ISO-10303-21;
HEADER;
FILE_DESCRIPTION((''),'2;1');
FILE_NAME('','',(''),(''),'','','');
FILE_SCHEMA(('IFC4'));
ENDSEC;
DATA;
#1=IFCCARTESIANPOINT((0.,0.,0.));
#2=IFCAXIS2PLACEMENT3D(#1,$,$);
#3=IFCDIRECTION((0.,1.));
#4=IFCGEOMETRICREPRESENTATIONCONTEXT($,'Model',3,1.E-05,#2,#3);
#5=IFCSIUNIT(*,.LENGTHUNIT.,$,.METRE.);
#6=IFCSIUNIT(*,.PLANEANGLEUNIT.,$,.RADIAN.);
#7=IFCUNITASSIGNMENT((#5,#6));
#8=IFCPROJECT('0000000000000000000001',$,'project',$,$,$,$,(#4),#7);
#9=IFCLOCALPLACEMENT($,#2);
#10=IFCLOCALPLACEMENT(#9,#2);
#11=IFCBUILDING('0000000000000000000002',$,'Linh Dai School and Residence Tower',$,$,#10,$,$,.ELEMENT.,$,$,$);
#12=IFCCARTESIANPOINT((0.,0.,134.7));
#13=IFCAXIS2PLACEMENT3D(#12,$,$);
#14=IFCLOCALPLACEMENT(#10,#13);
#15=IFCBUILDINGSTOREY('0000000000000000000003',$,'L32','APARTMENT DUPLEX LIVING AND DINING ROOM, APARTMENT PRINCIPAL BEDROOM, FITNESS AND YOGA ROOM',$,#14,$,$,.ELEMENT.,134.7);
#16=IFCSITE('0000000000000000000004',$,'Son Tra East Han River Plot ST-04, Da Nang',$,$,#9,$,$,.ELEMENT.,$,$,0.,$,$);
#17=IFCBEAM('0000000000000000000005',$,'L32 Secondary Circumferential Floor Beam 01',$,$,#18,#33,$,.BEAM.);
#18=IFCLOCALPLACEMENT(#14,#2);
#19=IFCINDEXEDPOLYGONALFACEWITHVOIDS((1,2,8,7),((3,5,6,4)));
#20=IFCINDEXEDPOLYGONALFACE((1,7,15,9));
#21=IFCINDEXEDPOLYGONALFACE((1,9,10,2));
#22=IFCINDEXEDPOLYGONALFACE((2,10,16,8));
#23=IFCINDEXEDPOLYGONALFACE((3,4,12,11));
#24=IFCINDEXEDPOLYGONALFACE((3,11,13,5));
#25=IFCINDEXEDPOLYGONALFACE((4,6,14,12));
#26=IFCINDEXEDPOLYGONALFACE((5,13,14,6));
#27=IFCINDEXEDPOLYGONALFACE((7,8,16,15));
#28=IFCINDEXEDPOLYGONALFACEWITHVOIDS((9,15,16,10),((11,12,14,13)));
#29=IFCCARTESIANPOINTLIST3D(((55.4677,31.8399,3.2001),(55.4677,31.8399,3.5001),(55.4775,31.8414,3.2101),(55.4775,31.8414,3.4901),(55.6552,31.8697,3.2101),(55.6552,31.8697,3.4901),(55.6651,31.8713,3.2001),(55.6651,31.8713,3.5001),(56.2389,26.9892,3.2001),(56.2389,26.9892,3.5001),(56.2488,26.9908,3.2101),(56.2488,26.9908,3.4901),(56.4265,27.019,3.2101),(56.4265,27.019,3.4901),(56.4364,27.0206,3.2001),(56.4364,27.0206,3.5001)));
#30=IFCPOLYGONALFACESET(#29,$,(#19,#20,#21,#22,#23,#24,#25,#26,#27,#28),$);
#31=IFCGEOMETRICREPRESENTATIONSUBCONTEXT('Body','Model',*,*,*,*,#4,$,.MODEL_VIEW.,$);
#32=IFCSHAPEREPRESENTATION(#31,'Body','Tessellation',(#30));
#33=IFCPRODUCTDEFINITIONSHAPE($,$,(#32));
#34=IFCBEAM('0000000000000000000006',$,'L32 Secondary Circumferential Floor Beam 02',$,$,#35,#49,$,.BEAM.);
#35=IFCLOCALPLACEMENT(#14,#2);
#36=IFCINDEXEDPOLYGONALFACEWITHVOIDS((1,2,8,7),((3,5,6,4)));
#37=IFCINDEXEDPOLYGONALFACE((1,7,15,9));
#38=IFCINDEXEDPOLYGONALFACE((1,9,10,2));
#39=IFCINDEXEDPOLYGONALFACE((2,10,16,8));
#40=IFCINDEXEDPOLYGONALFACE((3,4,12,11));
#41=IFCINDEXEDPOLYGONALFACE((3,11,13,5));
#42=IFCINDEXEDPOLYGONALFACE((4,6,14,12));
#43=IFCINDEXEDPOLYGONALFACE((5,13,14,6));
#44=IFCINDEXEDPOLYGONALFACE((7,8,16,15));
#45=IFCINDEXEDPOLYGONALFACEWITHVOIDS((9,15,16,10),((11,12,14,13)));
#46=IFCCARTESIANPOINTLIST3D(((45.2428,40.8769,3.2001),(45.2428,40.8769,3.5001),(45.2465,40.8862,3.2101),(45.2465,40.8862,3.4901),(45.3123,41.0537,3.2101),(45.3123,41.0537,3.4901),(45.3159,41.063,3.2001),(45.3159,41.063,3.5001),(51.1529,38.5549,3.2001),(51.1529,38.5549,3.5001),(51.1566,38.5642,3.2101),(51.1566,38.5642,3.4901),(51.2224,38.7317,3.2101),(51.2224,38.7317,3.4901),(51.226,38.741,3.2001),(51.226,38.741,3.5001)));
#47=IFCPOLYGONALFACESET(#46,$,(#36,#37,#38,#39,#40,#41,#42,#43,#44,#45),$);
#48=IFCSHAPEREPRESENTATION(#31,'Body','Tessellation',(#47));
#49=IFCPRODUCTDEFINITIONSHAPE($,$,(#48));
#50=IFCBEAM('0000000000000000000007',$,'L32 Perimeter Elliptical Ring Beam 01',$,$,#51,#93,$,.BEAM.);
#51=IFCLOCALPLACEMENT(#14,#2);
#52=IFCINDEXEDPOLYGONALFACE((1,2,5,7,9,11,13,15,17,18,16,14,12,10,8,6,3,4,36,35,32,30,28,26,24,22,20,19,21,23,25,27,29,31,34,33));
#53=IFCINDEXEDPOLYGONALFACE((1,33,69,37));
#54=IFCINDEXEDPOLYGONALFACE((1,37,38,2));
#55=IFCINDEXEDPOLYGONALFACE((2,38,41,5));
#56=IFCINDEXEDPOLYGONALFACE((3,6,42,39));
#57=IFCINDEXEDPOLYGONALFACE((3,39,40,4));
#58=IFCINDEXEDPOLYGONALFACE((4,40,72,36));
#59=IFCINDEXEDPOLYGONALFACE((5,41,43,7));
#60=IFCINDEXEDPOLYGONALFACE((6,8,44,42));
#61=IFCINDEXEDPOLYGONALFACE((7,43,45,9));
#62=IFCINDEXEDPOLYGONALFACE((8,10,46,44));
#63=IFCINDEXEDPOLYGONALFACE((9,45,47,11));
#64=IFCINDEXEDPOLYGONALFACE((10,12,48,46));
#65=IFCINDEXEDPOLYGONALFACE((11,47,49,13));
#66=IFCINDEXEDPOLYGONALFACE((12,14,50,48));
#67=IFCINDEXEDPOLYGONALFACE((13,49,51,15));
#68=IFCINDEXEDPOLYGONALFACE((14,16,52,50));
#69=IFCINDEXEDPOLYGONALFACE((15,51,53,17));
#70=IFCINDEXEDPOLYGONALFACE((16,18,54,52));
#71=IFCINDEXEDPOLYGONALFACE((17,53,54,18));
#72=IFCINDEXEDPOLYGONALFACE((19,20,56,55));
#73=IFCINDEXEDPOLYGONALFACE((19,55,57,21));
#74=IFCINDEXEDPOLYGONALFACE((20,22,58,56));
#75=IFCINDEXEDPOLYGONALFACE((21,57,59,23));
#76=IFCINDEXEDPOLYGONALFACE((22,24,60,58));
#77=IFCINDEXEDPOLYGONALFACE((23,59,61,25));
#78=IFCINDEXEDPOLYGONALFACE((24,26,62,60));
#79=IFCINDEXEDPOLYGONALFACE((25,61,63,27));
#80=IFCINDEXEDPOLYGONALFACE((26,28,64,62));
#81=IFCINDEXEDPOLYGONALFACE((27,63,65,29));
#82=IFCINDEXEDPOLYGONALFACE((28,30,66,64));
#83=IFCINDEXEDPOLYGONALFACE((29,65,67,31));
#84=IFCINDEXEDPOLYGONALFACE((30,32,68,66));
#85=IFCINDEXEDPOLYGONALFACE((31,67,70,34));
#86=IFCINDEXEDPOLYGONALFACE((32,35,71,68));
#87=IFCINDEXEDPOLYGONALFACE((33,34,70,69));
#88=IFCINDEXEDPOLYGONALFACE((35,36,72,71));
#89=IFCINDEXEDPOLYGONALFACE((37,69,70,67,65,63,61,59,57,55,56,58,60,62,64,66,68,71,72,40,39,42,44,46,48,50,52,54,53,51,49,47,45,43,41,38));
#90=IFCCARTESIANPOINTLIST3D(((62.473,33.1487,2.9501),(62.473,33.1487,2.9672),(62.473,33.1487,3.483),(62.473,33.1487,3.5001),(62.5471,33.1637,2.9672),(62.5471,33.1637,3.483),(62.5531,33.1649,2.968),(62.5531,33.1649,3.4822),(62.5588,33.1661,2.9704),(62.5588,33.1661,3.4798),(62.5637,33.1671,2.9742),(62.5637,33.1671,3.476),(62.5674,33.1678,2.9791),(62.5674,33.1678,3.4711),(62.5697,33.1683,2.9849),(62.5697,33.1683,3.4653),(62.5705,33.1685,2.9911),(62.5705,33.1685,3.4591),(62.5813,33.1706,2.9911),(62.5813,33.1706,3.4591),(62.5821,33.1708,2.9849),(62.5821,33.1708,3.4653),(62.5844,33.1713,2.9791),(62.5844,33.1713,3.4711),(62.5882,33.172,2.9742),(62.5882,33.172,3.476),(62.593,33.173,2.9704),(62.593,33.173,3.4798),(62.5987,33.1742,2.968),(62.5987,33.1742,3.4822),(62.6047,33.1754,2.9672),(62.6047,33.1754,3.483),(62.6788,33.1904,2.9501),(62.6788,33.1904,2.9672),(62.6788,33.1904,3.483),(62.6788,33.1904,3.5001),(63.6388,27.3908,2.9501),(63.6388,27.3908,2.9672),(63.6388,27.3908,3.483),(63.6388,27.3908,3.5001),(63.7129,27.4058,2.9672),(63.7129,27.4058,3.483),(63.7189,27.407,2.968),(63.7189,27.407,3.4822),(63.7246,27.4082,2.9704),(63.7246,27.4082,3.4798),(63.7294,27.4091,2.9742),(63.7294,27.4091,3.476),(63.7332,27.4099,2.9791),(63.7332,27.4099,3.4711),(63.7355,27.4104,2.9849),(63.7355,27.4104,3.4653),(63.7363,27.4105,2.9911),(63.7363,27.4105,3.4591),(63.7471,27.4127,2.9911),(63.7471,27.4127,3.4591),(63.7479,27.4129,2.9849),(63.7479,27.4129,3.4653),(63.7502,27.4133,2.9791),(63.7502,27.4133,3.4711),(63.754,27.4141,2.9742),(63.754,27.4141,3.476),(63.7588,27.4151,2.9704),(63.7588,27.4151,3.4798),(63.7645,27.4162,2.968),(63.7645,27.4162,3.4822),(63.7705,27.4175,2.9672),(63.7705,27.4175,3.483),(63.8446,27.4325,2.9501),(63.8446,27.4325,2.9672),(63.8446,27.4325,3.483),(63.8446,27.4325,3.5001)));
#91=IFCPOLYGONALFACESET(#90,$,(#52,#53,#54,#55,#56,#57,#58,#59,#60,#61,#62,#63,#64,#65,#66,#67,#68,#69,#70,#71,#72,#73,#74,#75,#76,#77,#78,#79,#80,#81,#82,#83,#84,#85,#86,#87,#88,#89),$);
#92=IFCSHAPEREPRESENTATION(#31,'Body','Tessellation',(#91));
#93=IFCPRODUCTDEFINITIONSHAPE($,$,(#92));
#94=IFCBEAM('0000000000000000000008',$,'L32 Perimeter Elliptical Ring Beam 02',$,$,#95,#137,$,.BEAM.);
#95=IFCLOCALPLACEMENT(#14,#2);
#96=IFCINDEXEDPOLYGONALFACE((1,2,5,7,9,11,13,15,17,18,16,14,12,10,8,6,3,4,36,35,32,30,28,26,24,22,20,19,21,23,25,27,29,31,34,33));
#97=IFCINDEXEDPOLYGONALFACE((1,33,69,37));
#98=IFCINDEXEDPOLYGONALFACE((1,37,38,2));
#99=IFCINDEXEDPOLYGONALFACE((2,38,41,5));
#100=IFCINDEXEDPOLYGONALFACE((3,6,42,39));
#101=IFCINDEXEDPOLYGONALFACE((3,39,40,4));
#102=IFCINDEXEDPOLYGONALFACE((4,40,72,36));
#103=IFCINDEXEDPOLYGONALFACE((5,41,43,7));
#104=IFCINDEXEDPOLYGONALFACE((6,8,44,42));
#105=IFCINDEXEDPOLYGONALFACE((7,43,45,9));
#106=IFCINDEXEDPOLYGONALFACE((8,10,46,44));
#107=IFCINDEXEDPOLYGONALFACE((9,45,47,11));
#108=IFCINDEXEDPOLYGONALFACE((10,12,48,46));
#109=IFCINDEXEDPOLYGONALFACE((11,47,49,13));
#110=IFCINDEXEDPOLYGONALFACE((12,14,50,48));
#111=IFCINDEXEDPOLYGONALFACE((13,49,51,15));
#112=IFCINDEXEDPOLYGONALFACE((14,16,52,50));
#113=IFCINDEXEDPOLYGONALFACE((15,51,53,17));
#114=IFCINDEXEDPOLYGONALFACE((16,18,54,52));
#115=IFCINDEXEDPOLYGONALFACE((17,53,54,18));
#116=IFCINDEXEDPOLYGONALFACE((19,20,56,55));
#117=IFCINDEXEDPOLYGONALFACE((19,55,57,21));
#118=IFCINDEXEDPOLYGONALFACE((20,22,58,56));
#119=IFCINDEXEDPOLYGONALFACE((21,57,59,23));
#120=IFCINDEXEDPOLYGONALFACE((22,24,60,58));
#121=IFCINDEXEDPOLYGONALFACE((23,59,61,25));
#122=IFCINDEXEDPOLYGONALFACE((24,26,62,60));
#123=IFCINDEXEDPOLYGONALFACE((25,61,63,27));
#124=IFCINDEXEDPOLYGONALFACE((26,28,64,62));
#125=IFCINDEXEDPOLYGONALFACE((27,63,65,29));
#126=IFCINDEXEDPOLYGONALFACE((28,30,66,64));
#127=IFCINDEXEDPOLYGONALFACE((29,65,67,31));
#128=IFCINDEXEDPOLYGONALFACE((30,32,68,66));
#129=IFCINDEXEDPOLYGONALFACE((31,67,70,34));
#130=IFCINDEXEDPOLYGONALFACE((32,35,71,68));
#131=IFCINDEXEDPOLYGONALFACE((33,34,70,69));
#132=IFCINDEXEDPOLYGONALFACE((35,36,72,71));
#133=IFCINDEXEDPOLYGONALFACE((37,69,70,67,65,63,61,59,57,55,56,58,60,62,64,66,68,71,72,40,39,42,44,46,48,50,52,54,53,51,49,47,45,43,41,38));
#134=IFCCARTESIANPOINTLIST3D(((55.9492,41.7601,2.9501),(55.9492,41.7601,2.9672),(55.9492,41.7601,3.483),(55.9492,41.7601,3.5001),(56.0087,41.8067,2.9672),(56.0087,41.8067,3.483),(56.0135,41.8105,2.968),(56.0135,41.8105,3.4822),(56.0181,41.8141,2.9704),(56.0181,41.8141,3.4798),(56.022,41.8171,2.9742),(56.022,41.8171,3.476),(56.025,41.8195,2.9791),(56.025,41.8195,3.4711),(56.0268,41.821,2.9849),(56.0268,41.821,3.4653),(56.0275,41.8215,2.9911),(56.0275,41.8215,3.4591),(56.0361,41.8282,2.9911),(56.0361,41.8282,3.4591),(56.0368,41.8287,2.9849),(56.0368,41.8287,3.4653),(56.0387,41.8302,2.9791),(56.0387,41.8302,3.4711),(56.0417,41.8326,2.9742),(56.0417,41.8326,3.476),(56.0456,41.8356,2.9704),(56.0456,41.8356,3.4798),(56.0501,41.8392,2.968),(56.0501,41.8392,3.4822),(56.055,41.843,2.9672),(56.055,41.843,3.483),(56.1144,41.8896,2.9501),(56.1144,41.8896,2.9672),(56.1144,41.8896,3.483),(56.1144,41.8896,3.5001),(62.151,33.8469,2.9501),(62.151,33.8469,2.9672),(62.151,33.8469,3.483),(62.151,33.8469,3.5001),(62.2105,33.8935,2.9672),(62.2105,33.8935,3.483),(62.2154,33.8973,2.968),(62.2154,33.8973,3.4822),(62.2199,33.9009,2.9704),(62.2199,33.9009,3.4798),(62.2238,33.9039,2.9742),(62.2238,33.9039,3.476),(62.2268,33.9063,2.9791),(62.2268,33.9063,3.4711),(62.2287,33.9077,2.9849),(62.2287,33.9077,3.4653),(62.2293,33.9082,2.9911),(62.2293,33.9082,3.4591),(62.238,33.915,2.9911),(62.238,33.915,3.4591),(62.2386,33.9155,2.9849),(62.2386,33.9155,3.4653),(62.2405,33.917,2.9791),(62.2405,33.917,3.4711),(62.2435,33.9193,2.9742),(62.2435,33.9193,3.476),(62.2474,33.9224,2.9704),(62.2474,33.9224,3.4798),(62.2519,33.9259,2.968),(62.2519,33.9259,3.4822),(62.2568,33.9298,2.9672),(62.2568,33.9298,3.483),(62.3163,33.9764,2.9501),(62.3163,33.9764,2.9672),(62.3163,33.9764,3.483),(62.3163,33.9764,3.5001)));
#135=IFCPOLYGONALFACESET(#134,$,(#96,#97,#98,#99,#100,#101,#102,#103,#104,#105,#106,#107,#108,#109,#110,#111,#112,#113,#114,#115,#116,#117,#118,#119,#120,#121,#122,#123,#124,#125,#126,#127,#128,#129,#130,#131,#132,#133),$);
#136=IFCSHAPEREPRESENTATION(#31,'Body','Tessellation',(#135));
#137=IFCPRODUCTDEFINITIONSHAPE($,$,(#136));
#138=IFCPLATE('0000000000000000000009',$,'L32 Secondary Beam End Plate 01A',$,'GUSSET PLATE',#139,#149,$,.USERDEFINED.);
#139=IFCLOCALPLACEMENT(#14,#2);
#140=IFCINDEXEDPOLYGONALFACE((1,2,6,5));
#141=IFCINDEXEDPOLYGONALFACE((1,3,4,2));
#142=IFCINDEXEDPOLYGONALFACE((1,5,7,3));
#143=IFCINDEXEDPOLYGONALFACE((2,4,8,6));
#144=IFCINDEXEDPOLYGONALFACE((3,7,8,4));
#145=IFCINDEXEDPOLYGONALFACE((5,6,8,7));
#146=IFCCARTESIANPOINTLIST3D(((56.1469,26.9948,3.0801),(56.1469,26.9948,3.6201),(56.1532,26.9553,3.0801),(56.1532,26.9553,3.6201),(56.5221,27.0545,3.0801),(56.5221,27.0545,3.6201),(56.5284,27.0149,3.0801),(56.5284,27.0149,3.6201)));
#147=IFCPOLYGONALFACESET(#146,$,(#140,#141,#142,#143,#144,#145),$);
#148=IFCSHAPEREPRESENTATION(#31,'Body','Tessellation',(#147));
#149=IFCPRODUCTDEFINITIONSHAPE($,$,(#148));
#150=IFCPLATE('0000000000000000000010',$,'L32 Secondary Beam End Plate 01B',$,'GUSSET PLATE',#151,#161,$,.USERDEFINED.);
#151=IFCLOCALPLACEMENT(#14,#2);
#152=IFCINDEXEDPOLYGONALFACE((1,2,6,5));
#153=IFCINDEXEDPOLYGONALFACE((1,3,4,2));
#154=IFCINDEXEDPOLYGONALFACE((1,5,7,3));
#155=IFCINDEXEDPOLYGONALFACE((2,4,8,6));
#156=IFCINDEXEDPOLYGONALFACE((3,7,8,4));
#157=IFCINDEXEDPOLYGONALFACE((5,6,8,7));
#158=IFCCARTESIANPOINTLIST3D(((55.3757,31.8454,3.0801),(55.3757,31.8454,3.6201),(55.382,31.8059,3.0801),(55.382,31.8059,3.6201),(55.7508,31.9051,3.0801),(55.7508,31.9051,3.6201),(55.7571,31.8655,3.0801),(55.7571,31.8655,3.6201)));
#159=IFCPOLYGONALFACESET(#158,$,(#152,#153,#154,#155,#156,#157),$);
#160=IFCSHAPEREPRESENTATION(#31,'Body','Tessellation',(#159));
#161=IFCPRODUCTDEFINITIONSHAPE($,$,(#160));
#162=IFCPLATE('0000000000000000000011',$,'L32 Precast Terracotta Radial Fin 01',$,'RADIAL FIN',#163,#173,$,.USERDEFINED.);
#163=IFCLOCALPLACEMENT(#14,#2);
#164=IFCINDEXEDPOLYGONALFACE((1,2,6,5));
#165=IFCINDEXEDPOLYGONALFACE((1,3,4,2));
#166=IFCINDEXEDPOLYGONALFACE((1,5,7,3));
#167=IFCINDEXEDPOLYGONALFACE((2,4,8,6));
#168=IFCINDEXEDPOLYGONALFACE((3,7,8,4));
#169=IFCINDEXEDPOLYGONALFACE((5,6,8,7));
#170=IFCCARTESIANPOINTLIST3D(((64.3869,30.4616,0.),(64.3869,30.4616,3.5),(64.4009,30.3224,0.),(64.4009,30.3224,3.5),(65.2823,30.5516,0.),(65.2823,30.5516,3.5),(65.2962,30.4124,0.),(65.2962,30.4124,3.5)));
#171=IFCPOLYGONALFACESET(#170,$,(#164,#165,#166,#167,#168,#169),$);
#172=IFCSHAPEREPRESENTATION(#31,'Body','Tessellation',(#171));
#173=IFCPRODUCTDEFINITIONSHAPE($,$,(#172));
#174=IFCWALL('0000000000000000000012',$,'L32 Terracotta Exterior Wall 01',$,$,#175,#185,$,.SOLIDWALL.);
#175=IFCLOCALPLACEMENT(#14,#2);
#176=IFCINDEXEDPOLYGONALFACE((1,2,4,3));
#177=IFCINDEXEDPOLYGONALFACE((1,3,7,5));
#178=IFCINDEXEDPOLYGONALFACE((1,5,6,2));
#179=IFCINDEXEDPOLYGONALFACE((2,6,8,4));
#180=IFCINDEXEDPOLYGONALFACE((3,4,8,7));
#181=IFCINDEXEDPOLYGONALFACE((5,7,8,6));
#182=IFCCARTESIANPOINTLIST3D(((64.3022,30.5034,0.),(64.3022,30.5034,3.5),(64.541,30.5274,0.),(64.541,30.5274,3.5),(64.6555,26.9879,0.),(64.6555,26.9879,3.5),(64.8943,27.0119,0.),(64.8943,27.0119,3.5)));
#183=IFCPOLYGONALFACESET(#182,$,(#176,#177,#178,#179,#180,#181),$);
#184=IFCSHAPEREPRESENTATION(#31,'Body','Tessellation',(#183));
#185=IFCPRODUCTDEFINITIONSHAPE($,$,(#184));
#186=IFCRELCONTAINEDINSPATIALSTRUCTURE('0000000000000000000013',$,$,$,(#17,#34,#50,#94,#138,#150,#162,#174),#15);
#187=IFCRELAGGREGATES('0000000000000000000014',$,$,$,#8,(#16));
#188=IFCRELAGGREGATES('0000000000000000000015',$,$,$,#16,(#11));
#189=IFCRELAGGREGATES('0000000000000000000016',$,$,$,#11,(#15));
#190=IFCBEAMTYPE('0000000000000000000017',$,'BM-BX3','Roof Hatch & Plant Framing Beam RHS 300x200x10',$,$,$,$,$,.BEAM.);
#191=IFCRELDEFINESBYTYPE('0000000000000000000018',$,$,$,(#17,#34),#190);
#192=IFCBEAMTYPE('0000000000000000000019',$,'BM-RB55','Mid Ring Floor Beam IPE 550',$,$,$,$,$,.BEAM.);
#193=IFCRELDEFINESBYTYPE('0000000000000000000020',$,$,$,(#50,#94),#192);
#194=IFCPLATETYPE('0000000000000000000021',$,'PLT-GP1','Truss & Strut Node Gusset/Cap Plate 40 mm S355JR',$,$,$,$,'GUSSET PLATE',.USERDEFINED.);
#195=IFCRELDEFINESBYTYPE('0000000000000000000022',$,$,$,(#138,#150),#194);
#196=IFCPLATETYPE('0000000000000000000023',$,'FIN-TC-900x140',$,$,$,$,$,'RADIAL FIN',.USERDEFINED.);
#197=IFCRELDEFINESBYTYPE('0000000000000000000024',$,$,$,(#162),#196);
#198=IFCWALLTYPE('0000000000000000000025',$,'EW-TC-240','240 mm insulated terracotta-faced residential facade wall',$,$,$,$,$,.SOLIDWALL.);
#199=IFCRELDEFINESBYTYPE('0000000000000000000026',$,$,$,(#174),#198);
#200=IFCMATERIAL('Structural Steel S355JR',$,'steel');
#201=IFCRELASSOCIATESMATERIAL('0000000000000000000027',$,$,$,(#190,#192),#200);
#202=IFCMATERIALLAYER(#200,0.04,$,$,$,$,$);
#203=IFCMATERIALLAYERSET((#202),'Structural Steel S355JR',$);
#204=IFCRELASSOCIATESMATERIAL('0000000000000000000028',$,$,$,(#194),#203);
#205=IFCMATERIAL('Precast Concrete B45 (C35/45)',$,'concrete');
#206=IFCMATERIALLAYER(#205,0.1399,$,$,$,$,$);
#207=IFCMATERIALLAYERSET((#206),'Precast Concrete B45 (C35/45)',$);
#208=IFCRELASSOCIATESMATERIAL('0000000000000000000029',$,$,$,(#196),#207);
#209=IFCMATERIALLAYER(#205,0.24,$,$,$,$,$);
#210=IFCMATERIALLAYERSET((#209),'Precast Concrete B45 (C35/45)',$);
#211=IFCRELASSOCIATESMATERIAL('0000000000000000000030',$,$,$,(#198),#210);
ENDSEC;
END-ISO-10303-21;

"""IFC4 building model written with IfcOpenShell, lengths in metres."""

from ifc_helpers import new_model, si_unit, direction, frame, frame_2d, origin, origin_2d, place, context, subcontext, project, spatial, rectangle, hollow_rectangle, i_section, extrude, source, transform, mapped, material, layer, layer_set, material_profile, profile_set, type_object, element, save


model = new_model("IFC4")

# Units and contexts
model_context = context("Model", 3, precision=1e-05, world=origin(), true_north=direction((0.0, 1.0)))
body_context = subcontext(model_context, "Body", "Model", "MODEL_VIEW")
ifc_project = project(units=[si_unit("LENGTHUNIT", "METRE"), si_unit("PLANEANGLEUNIT", "RADIAN")], contexts=[model_context])

# Site, building, storey
site_placement = place(None, origin())
site = spatial("IfcSite", under=ifc_project, at=site_placement, Name="Son Tra East Han River Plot ST-04, Da Nang", CompositionType="ELEMENT", RefElevation=0.0)
building_placement = place(site_placement, origin())
building = spatial("IfcBuilding", under=site, at=building_placement, Name="Linh Dai School and Residence Tower", CompositionType="ELEMENT")
storey_placement = place(building_placement, frame((0.0, 0.0, 134.7)))
storey = spatial("IfcBuildingStorey", under=building, at=storey_placement, Name="L32", Description="APARTMENT DUPLEX LIVING AND DINING ROOM, APARTMENT PRINCIPAL BEDROOM, FITNESS AND YOGA ROOM", CompositionType="ELEMENT", Elevation=134.7)

# Shared definitions
ifc_material_1 = material(Name="Structural Steel S355JR", Category="steel")

# Beams
ifc_material_profile_1 = material_profile(ifc_material_1, hollow_rectangle(XDim=0.2, YDim=0.3, WallThickness=0.01, at=origin_2d()), Name="RHS 300x200x10")
ifc_profile_set_1 = profile_set([ifc_material_profile_1], Name="Structural Steel S355JR")
beam_type_1 = type_object("IfcBeamType", Name="BM-BX3", Description="Roof Hatch & Plant Framing Beam RHS 300x200x10", PredefinedType="BEAM", material=ifc_profile_set_1)
beam_1_placement = place(storey_placement, frame((56.3376, 27.0049, 3.3501), z_axis=(-0.157027, 0.987594, 0.0), x_axis=(-0.987594, -0.157027, 0.0)))
element("IfcBeam", 1, at=beam_1_placement, inside=storey, type_object=beam_type_1, Name="L32 Secondary Circumferential Floor Beam 01", PredefinedType="BEAM", context=body_context, shape_type="SweptSolid", body=[
    extrude(hollow_rectangle(XDim=0.2, YDim=0.3, WallThickness=0.01, at=origin_2d()), origin(), (0.0, 0.0, 1.0), 4.9116),
])
beam_2_placement = place(storey_placement, frame((51.1895, 38.6479, 3.3501), z_axis=(-0.930742, 0.365676, 0.0), x_axis=(-0.365676, -0.930742, 0.0)))
element("IfcBeam", 2, at=beam_2_placement, inside=storey, type_object=beam_type_1, Name="L32 Secondary Circumferential Floor Beam 02", PredefinedType="BEAM", context=body_context, shape_type="SweptSolid", body=[
    extrude(hollow_rectangle(XDim=0.2, YDim=0.3, WallThickness=0.01, at=origin_2d()), origin(), (0.0, 0.0, 1.0), 6.3499),
])
ifc_material_profile_2 = material_profile(ifc_material_1, i_section(OverallWidth=0.21, OverallDepth=0.55, WebThickness=0.011, FlangeThickness=0.0171, FilletRadius=0.0239, at=origin_2d()), Name="IPE 550")
ifc_profile_set_2 = profile_set([ifc_material_profile_2], Name="Structural Steel S355JR")
beam_type_2 = type_object("IfcBeamType", Name="BM-RB55", Description="Mid Ring Floor Beam IPE 550", PredefinedType="BEAM", material=ifc_profile_set_2)
beam_3_placement = place(storey_placement, frame((63.7417, 27.4116, 3.2251), z_axis=(-0.198441, 0.980113, 0.0), x_axis=(-0.980113, -0.198441, 0.0)))
element("IfcBeam", 3, at=beam_3_placement, inside=storey, type_object=beam_type_2, Name="L32 Perimeter Elliptical Ring Beam 01", PredefinedType="BEAM", context=body_context, shape_type="SweptSolid", body=[
    extrude(i_section(OverallWidth=0.21, OverallDepth=0.55, WebThickness=0.011, FlangeThickness=0.0171, FilletRadius=0.0239, at=origin_2d()), origin(), (0.0, 0.0, 1.0), 5.8748),
])
beam_4_placement = place(storey_placement, frame((62.2336, 33.9116, 3.2251), z_axis=(-0.616855, 0.787077, 0.0), x_axis=(-0.787077, -0.616855, 0.0)))
element("IfcBeam", 4, at=beam_4_placement, inside=storey, type_object=beam_type_2, Name="L32 Perimeter Elliptical Ring Beam 02", PredefinedType="BEAM", context=body_context, shape_type="SweptSolid", body=[
    extrude(i_section(OverallWidth=0.21, OverallDepth=0.55, WebThickness=0.011, FlangeThickness=0.0171, FilletRadius=0.0239, at=origin_2d()), origin(), (0.0, 0.0, 1.0), 10.054),
])

# Plates
ifc_layer_1 = layer(ifc_material_1, 0.04)
ifc_layer_set_1 = layer_set([ifc_layer_1], Name="Structural Steel S355JR")
plate_type_1 = type_object("IfcPlateType", Name="PLT-GP1", Description="Truss & Strut Node Gusset/Cap Plate 40 mm S355JR", ElementType="GUSSET PLATE", PredefinedType="USERDEFINED", material=ifc_layer_set_1)
shared_shape_1 = source(origin(), body_context, "Body", "SweptSolid", [
    extrude(rectangle(XDim=0.04, YDim=0.3799, at=origin_2d()), origin(), (0.0, 0.0, 1.0), 0.54),
])
for number, where, z_axis, x_axis, name in (
    (5, (56.3376, 27.0049, 3.0801), (0.0, 0.0, 1.0), (-0.157025, 0.987595, 0.0), "L32 Secondary Beam End Plate 01A"),
    (6, (55.5664, 31.8555, 3.0801), (0.0, 0.0, 1.0), (-0.157025, 0.987595, 0.0), "L32 Secondary Beam End Plate 01B"),
):
    element("IfcPlate", number, at=place(storey_placement, frame(where, z_axis=z_axis, x_axis=x_axis)), inside=storey, type_object=plate_type_1, Name=name, ObjectType="GUSSET PLATE", PredefinedType="USERDEFINED", context=body_context, shape_type="MappedRepresentation", body=[
        mapped(shared_shape_1, transform((0.0, 0.0, 0.0), x_axis=(1.0, 0.0, 0.0), y_axis=(0.0, 1.0, 0.0), z_axis=(0.0, 0.0, 1.0), scale=1.0)),
    ])
ifc_material_2 = material(Name="Precast Concrete B45 (C35/45)", Category="concrete")
ifc_layer_2 = layer(ifc_material_2, 0.1399)
ifc_layer_set_2 = layer_set([ifc_layer_2], Name="Precast Concrete B45 (C35/45)")
plate_type_2 = type_object("IfcPlateType", Name="FIN-TC-900x140", ElementType="RADIAL FIN", PredefinedType="USERDEFINED", material=ifc_layer_set_2)
shared_shape_2 = source(origin(), body_context, "Body", "SweptSolid", [
    extrude(rectangle(XDim=0.8999, YDim=0.1399, at=origin_2d()), origin(), (0.0, 0.0, 1.0), 3.5),
])
plate_placement = place(storey_placement, frame((64.8416, 30.437, 0.0), z_axis=(0.0, 0.0, 1.0), x_axis=(0.994987, 0.100007, 0.0)))
element("IfcPlate", 7, at=plate_placement, inside=storey, type_object=plate_type_2, Name="L32 Precast Terracotta Radial Fin 01", ObjectType="RADIAL FIN", PredefinedType="USERDEFINED", context=body_context, shape_type="MappedRepresentation", body=[
    mapped(shared_shape_2, transform((0.0, 0.0, 0.0), x_axis=(1.0, 0.0, 0.0), y_axis=(0.0, 1.0, 0.0), z_axis=(0.0, 0.0, 1.0), scale=1.0)),
])

# Wall
ifc_layer_3 = layer(ifc_material_2, 0.24)
ifc_layer_set_3 = layer_set([ifc_layer_3], Name="Precast Concrete B45 (C35/45)")
wall_type_1 = type_object("IfcWallType", Name="EW-TC-240", Description="240 mm insulated terracotta-faced residential facade wall", PredefinedType="SOLIDWALL", material=ifc_layer_set_3)
wall_1_placement = place(storey_placement, frame((64.4216, 30.5154, 0.0), z_axis=(0.0, 0.0, 1.0), x_axis=(0.099989, -0.994988, 0.0)))
element("IfcWall", 8, at=wall_1_placement, inside=storey, type_object=wall_type_1, Name="L32 Terracotta Exterior Wall 01", PredefinedType="SOLIDWALL", context=body_context, shape_type="SweptSolid", body=[
    extrude(rectangle(XDim=3.5332, YDim=0.24, at=frame_2d((1.7666, 0.0))), origin(), (0.0, 0.0, 1.0), 3.5),
])

save(model, "model.ifc")
